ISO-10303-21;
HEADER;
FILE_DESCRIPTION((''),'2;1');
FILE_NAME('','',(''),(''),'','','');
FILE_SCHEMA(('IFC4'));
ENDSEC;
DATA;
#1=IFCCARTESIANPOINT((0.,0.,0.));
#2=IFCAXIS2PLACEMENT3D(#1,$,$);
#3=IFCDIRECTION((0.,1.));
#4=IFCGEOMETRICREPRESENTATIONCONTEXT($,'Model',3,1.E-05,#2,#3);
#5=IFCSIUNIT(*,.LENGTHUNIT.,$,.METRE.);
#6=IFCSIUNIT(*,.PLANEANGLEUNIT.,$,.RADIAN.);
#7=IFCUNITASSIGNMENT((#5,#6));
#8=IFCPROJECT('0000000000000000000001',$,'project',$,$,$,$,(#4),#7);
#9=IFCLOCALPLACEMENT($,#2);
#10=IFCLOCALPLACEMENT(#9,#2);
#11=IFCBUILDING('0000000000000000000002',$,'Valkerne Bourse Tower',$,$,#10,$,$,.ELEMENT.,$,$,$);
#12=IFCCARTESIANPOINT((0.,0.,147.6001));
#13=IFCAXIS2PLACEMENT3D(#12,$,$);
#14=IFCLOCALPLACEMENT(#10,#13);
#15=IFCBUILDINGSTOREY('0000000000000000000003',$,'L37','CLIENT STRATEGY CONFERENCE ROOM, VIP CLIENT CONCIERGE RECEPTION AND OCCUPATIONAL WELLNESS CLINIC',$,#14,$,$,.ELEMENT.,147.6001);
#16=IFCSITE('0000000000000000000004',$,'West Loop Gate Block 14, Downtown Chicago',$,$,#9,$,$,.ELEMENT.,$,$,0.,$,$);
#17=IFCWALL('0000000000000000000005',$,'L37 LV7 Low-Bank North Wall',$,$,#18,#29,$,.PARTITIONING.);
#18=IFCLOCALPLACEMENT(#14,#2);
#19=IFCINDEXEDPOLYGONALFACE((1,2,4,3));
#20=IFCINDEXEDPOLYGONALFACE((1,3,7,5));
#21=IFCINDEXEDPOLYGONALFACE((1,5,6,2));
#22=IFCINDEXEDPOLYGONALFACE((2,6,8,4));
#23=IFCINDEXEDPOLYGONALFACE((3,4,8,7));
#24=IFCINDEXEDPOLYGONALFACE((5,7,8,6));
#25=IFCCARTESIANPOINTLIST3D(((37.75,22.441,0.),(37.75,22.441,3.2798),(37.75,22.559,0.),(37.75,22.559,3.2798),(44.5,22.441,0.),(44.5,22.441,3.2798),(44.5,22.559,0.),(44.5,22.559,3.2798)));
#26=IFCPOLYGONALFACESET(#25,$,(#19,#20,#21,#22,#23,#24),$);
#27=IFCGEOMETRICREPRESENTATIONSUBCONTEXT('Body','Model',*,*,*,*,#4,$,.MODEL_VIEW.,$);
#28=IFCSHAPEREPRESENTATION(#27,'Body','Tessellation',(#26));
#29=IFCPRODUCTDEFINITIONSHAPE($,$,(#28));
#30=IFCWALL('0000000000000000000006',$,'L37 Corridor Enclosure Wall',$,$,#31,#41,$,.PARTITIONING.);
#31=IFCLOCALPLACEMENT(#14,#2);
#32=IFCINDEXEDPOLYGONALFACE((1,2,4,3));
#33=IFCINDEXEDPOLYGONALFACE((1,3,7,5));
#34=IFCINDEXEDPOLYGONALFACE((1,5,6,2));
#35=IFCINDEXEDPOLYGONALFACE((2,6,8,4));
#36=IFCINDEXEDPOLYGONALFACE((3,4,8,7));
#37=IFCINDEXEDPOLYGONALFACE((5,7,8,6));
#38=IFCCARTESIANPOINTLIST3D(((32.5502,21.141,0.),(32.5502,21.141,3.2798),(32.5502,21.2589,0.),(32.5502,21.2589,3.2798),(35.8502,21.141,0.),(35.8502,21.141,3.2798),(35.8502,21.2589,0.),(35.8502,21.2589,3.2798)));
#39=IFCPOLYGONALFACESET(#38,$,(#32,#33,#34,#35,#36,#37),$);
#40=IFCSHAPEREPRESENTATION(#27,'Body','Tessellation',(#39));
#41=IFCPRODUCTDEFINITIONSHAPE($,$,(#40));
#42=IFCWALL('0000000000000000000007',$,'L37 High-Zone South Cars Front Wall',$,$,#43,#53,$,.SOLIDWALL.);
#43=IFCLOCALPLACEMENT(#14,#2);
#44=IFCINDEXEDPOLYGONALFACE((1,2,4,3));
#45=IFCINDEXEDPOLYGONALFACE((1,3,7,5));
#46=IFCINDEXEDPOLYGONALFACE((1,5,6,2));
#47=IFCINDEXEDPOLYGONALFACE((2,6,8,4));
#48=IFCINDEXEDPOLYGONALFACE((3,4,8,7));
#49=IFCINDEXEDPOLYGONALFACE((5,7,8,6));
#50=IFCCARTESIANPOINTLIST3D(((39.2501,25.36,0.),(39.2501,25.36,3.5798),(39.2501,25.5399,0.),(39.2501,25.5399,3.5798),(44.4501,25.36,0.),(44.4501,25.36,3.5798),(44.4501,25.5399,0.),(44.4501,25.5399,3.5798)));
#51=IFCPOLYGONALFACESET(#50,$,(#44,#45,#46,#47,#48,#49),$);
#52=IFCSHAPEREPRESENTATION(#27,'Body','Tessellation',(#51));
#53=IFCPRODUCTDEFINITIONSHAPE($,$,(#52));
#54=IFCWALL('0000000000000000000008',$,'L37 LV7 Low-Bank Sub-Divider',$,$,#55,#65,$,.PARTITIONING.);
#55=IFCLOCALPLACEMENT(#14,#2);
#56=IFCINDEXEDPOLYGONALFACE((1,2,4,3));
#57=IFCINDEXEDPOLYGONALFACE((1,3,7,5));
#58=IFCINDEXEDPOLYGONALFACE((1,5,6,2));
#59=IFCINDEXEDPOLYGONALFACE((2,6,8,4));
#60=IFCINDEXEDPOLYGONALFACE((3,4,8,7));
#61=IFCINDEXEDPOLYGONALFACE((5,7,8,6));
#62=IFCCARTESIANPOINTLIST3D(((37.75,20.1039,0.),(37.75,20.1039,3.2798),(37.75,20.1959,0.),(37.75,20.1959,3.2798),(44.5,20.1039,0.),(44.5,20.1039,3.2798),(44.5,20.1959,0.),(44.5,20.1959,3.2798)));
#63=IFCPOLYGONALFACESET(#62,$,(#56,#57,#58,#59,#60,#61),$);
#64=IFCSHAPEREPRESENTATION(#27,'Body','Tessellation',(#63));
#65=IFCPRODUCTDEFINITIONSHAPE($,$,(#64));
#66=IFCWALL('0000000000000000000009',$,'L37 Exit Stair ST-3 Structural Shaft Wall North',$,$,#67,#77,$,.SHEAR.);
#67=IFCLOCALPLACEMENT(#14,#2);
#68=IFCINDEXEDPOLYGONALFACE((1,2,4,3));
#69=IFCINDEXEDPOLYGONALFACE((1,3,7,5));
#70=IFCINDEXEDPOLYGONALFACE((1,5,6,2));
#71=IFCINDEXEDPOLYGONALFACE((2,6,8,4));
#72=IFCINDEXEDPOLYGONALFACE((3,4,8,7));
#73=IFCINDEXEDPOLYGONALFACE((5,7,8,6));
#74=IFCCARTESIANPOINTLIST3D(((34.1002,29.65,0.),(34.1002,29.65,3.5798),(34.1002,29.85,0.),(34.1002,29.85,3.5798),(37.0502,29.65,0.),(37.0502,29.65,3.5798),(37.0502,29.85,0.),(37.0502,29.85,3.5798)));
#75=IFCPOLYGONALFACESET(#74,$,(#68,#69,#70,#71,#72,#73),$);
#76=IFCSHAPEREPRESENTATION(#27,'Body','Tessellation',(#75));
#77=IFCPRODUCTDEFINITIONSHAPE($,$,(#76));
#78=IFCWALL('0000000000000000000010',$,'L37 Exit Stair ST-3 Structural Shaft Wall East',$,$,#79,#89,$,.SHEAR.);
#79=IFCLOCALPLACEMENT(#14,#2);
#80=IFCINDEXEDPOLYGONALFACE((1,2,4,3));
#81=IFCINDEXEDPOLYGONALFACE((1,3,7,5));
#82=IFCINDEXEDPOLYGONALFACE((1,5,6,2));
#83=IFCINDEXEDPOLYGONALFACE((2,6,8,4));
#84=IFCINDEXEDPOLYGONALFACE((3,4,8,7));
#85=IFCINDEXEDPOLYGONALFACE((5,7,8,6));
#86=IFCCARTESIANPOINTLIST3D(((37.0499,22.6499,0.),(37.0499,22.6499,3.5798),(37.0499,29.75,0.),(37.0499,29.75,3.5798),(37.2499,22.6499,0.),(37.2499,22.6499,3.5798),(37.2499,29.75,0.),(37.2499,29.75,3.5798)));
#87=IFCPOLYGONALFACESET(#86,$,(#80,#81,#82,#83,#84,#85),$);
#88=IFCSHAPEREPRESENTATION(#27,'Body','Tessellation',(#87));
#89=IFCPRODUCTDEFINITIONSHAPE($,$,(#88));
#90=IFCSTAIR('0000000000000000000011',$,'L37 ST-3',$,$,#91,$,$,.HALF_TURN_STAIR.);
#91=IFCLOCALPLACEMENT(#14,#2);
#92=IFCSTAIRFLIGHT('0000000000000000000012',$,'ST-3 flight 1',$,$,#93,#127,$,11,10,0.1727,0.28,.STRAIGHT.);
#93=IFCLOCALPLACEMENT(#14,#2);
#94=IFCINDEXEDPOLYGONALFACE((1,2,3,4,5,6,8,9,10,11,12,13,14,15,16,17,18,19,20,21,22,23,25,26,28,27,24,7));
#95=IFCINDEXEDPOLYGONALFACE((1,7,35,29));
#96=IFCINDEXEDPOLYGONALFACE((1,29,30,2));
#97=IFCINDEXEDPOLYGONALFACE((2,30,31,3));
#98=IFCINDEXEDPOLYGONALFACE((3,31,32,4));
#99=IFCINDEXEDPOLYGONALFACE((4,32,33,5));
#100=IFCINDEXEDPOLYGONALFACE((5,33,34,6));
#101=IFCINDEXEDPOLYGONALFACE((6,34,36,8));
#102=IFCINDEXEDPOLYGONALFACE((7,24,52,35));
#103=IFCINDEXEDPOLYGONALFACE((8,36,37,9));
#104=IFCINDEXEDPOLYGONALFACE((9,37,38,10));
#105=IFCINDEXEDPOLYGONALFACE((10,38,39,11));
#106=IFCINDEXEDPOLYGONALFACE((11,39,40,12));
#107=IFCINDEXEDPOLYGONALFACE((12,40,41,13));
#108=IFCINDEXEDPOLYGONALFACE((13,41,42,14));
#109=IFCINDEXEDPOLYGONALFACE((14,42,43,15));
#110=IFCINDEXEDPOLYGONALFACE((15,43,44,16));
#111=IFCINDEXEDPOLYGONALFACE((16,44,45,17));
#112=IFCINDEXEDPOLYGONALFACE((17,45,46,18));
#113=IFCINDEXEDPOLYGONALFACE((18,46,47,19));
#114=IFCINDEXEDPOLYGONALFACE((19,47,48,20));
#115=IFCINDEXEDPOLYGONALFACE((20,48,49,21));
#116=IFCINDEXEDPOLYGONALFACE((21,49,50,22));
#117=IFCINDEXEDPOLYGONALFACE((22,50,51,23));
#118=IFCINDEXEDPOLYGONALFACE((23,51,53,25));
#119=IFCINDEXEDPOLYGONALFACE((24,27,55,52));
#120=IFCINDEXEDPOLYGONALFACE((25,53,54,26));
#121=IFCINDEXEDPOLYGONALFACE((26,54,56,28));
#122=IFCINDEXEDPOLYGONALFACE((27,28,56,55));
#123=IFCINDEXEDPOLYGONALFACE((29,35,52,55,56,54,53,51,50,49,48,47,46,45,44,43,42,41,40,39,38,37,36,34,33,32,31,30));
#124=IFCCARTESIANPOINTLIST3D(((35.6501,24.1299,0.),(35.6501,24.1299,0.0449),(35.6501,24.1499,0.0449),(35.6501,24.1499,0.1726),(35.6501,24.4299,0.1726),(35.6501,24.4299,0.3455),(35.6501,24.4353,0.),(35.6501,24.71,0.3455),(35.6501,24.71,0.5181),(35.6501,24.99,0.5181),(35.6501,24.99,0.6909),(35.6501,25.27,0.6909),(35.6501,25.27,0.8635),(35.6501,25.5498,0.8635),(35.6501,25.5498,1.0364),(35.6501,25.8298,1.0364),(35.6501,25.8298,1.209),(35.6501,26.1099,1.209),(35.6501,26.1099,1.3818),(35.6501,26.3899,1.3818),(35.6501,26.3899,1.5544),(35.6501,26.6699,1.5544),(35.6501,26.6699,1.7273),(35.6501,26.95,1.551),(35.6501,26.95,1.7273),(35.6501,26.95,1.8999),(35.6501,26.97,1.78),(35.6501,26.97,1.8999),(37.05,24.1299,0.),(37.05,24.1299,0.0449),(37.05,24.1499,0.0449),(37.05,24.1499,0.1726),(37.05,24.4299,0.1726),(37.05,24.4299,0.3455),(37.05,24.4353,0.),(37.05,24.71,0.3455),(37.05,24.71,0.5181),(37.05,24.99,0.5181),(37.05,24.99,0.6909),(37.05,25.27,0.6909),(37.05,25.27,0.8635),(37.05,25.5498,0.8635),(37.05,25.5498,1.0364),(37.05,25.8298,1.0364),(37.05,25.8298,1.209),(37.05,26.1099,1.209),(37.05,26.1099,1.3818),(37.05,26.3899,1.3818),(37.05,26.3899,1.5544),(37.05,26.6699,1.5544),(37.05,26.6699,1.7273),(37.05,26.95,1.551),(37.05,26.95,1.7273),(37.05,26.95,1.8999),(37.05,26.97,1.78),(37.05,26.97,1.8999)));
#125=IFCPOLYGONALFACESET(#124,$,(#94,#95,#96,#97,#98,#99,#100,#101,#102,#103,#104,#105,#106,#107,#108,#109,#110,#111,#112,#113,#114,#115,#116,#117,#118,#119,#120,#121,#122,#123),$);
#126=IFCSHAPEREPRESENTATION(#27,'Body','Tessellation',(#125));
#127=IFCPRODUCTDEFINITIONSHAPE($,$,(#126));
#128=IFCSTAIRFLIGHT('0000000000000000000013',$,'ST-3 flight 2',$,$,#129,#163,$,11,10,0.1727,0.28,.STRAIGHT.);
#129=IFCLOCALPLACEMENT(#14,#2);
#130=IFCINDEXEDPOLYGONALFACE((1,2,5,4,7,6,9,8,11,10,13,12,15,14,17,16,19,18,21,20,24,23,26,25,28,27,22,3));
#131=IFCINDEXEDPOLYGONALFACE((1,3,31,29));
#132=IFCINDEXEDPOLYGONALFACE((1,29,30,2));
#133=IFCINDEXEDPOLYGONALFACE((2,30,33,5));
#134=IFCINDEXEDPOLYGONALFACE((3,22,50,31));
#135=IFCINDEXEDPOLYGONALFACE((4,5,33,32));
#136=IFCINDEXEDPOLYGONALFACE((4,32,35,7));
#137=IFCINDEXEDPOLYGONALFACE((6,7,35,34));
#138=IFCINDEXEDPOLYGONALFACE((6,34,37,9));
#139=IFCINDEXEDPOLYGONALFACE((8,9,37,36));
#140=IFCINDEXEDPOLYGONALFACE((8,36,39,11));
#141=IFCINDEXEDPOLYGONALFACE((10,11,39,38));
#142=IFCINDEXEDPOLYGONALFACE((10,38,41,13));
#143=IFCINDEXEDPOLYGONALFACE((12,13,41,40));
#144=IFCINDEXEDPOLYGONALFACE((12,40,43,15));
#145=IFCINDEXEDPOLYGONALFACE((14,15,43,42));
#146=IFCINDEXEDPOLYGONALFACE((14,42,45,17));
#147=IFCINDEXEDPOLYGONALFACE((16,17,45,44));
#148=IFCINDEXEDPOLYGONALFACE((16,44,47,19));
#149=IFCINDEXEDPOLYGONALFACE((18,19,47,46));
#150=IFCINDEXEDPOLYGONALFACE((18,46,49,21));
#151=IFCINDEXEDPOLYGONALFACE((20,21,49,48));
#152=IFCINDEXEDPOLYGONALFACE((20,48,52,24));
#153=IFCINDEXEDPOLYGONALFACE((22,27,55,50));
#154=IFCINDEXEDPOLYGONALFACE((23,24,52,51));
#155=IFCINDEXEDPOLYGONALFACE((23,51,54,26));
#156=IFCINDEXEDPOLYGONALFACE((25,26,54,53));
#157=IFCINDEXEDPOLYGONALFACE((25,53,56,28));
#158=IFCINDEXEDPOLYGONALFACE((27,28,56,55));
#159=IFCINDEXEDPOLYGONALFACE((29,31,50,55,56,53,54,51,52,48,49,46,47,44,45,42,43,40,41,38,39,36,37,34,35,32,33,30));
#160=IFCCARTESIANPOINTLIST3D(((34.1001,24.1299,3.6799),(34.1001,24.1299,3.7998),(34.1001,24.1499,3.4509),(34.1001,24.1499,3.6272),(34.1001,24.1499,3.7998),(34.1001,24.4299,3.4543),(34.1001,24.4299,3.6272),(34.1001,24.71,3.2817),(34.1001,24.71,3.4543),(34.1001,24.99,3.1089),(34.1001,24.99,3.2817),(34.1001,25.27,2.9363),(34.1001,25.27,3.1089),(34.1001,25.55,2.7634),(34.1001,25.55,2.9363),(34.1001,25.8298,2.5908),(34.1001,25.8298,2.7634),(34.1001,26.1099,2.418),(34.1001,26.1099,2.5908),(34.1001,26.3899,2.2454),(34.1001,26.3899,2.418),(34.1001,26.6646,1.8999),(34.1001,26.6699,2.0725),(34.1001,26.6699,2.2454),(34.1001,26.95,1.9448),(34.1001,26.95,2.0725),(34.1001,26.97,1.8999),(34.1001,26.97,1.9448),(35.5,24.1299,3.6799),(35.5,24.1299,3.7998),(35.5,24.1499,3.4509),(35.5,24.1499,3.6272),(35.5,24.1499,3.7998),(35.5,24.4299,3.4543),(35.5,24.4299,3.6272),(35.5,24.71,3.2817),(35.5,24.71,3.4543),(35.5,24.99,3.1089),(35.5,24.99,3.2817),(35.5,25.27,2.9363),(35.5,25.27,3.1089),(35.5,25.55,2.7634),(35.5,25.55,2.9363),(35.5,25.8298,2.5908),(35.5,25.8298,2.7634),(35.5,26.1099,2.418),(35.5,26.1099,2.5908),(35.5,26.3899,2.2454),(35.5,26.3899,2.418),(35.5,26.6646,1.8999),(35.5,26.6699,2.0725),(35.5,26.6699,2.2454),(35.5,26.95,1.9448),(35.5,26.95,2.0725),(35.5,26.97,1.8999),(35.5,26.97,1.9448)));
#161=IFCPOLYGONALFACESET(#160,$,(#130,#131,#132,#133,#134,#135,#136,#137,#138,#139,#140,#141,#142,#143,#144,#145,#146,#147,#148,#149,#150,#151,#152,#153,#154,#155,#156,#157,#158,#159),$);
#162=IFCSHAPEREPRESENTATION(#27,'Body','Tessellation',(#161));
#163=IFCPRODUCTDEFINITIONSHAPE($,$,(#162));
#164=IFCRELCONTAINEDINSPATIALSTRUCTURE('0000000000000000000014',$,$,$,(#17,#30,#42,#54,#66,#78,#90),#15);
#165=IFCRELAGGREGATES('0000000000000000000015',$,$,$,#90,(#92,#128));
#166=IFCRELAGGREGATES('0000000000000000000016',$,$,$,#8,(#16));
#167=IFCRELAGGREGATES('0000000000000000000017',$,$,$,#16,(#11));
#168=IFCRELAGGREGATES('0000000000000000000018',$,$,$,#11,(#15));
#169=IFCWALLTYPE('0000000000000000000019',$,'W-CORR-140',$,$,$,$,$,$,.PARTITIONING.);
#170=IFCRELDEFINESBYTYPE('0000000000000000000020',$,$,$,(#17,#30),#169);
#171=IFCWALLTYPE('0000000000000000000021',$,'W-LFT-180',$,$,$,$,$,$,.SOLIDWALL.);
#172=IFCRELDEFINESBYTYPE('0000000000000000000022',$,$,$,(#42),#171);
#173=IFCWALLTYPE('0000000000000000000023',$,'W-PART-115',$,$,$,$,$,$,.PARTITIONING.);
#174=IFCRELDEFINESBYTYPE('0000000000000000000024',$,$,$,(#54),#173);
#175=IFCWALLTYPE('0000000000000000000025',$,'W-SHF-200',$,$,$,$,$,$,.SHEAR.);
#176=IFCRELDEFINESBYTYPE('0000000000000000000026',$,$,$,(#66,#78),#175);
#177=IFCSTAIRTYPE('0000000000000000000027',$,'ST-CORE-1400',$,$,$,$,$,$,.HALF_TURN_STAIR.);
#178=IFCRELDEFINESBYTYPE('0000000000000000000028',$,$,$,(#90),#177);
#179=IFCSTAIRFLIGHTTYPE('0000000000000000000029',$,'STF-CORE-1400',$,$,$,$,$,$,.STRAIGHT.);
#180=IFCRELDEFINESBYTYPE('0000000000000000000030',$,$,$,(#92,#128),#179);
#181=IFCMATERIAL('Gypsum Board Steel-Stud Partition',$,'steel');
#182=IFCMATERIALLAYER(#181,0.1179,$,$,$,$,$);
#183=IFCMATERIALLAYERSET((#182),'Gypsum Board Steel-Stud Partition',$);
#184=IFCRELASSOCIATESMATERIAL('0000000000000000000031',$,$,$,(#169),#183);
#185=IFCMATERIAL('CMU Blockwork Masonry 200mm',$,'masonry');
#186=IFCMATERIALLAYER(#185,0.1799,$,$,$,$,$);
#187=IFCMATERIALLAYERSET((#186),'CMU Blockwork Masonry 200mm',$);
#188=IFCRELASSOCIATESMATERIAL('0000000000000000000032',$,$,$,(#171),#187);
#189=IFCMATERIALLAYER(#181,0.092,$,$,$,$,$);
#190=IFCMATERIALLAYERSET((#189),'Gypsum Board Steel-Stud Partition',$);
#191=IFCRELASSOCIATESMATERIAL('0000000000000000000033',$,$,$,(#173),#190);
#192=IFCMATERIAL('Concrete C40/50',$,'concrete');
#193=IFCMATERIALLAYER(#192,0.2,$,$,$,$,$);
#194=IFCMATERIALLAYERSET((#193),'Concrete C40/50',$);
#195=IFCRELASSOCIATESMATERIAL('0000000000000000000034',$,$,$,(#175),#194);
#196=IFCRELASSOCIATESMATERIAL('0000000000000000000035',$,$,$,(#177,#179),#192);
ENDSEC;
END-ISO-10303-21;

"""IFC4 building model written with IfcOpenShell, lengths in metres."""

from ifc_helpers import new_model, si_unit, direction, frame, frame_2d, origin, place, context, subcontext, project, spatial, polyline, rectangle, outline, extrude, material, layer, layer_set, type_object, element, aggregate, save


model = new_model("IFC4")

# Units and contexts
model_context = context("Model", 3, precision=1e-05, world=origin(), true_north=direction((0.0, 1.0)))
body_context = subcontext(model_context, "Body", "Model", "MODEL_VIEW")
ifc_project = project(units=[si_unit("LENGTHUNIT", "METRE"), si_unit("PLANEANGLEUNIT", "RADIAN")], contexts=[model_context])

# Site, building, storey
site_placement = place(None, origin())
site = spatial("IfcSite", under=ifc_project, at=site_placement, Name="West Loop Gate Block 14, Downtown Chicago", CompositionType="ELEMENT", RefElevation=0.0)
building_placement = place(site_placement, origin())
building = spatial("IfcBuilding", under=site, at=building_placement, Name="Valkerne Bourse Tower", CompositionType="ELEMENT")
storey_placement = place(building_placement, frame((0.0, 0.0, 147.6001)))
storey = spatial("IfcBuildingStorey", under=building, at=storey_placement, Name="L37", Description="CLIENT STRATEGY CONFERENCE ROOM, VIP CLIENT CONCIERGE RECEPTION AND OCCUPATIONAL WELLNESS CLINIC", CompositionType="ELEMENT", Elevation=147.6001)

# Walls
ifc_material_1 = material(Name="Gypsum Board Steel-Stud Partition", Category="steel")
ifc_layer_1 = layer(ifc_material_1, 0.1179)
ifc_layer_set_1 = layer_set([ifc_layer_1], Name="Gypsum Board Steel-Stud Partition")
wall_type_1 = type_object("IfcWallType", Name="W-CORR-140", PredefinedType="PARTITIONING", material=ifc_layer_set_1)
wall_1_placement = place(storey_placement, frame((37.75, 22.5, 0.0), z_axis=(0.0, 0.0, 1.0), x_axis=(1.0, 0.0, 0.0)))
element("IfcWall", 1, at=wall_1_placement, inside=storey, type_object=wall_type_1, Name="L37 LV7 Low-Bank North Wall", PredefinedType="PARTITIONING", context=body_context, shape_type="SweptSolid", body=[
    extrude(rectangle(XDim=6.75, YDim=0.1179, at=frame_2d((3.375, 0.0))), origin(), (0.0, 0.0, 1.0), 3.2798),
])
wall_2_placement = place(storey_placement, frame((35.8501, 21.2, 0.0), z_axis=(0.0, 0.0, 1.0), x_axis=(-1.0, 0.0, 0.0)))
element("IfcWall", 2, at=wall_2_placement, inside=storey, type_object=wall_type_1, Name="L37 Corridor Enclosure Wall", PredefinedType="PARTITIONING", context=body_context, shape_type="SweptSolid", body=[
    extrude(rectangle(XDim=3.3, YDim=0.1179, at=frame_2d((1.6499, 0.0))), origin(), (0.0, 0.0, 1.0), 3.2798),
])
ifc_material_2 = material(Name="CMU Blockwork Masonry 200mm", Category="masonry")
ifc_layer_2 = layer(ifc_material_2, 0.1799)
ifc_layer_set_2 = layer_set([ifc_layer_2], Name="CMU Blockwork Masonry 200mm")
wall_type_2 = type_object("IfcWallType", Name="W-LFT-180", PredefinedType="SOLIDWALL", material=ifc_layer_set_2)
wall_3_placement = place(storey_placement, frame((39.25, 25.45, 0.0), z_axis=(0.0, 0.0, 1.0), x_axis=(1.0, 0.0, 0.0)))
element("IfcWall", 3, at=wall_3_placement, inside=storey, type_object=wall_type_2, Name="L37 High-Zone South Cars Front Wall", PredefinedType="SOLIDWALL", context=body_context, shape_type="SweptSolid", body=[
    extrude(rectangle(XDim=5.2, YDim=0.1799, at=frame_2d((2.6001, 0.0))), origin(), (0.0, 0.0, 1.0), 3.5798),
])
ifc_layer_3 = layer(ifc_material_1, 0.092)
ifc_layer_set_3 = layer_set([ifc_layer_3], Name="Gypsum Board Steel-Stud Partition")
wall_type_3 = type_object("IfcWallType", Name="W-PART-115", PredefinedType="PARTITIONING", material=ifc_layer_set_3)
wall_4_placement = place(storey_placement, frame((37.75, 20.1499, 0.0), z_axis=(0.0, 0.0, 1.0), x_axis=(1.0, 0.0, 0.0)))
element("IfcWall", 4, at=wall_4_placement, inside=storey, type_object=wall_type_3, Name="L37 LV7 Low-Bank Sub-Divider", PredefinedType="PARTITIONING", context=body_context, shape_type="SweptSolid", body=[
    extrude(rectangle(XDim=6.75, YDim=0.092, at=frame_2d((3.375, 0.0))), origin(), (0.0, 0.0, 1.0), 3.2798),
])
ifc_material_3 = material(Name="Concrete C40/50", Category="concrete")
ifc_layer_4 = layer(ifc_material_3, 0.2)
ifc_layer_set_4 = layer_set([ifc_layer_4], Name="Concrete C40/50")
wall_type_4 = type_object("IfcWallType", Name="W-SHF-200", PredefinedType="SHEAR", material=ifc_layer_set_4)
wall_5_placement = place(storey_placement, frame((34.1001, 29.75, 0.0), z_axis=(0.0, 0.0, 1.0), x_axis=(1.0, 0.0, 0.0)))
element("IfcWall", 5, at=wall_5_placement, inside=storey, type_object=wall_type_4, Name="L37 Exit Stair ST-3 Structural Shaft Wall North", PredefinedType="SHEAR", context=body_context, shape_type="SweptSolid", body=[
    extrude(rectangle(XDim=2.95, YDim=0.2, at=frame_2d((1.4751, 0.0))), origin(), (0.0, 0.0, 1.0), 3.5798),
])
wall_6_placement = place(storey_placement, frame((37.1499, 22.6499, 0.0), z_axis=(0.0, 0.0, 1.0), x_axis=(0.0, 1.0, 0.0)))
element("IfcWall", 6, at=wall_6_placement, inside=storey, type_object=wall_type_4, Name="L37 Exit Stair ST-3 Structural Shaft Wall East", PredefinedType="SHEAR", context=body_context, shape_type="SweptSolid", body=[
    extrude(rectangle(XDim=7.1001, YDim=0.2, at=frame_2d((3.55, 0.0))), origin(), (0.0, 0.0, 1.0), 3.5798),
])

# Stair, stair flights
stair_type = type_object("IfcStairType", Name="ST-CORE-1400", PredefinedType="HALF_TURN_STAIR", material=ifc_material_3)
stair_placement = place(storey_placement, origin())
stair = element("IfcStair", 7, at=stair_placement, inside=storey, type_object=stair_type, Name="L37 ST-3", PredefinedType="HALF_TURN_STAIR")
stair_flight_type = type_object("IfcStairFlightType", Name="STF-CORE-1400", PredefinedType="STRAIGHT", material=ifc_material_3)
stair_flight_1_placement = place(storey_placement, frame((36.3501, 24.1499, 0.0), z_axis=(0.0, 0.0, 1.0), x_axis=(0.0, 1.0, 0.0)))
stair_flight_1 = element("IfcStairFlight", 8, at=stair_flight_1_placement, type_object=stair_flight_type, Name="ST-3 flight 1", NumberOfRisers=11, NumberOfTreads=10, PredefinedType="STRAIGHT", RiserHeight=0.1727, TreadLength=0.28, context=body_context, shape_type="SweptSolid", body=[
    extrude(outline(polyline([(-0.02, 0.0), (-0.02, 0.0449), (0.0, 0.0449), (0.0, 0.1726), (0.28, 0.1726), (0.28, 0.3455), (0.5601, 0.3455), (0.5601, 0.5181), (0.8401, 0.5181), (0.8401, 0.6909), (1.1201, 0.6909), (1.1201, 0.8635), (1.3999, 0.8635), (1.3999, 1.0364), (1.6799, 1.0364), (1.6799, 1.209), (1.96, 1.209), (1.96, 1.3818), (2.24, 1.3818), (2.24, 1.5544), (2.52, 1.5544), (2.52, 1.7273), (2.8, 1.7273), (2.8, 1.8999), (2.8201, 1.8999), (2.8201, 1.78), (2.8, 1.551), (0.2854, 0.0), (-0.02, 0.0)])), frame((0.0, 0.7, 0.0), z_axis=(0.0, -1.0, 0.0), x_axis=(1.0, 0.0, 0.0)), (0.0, 0.0, 1.0), 1.3999),
])
stair_flight_2_placement = place(storey_placement, frame((34.8, 26.95, 1.8999), z_axis=(0.0, 0.0, 1.0), x_axis=(0.0, -1.0, 0.0)))
stair_flight_2 = element("IfcStairFlight", 9, at=stair_flight_2_placement, type_object=stair_flight_type, Name="ST-3 flight 2", NumberOfRisers=11, NumberOfTreads=10, PredefinedType="STRAIGHT", RiserHeight=0.1727, TreadLength=0.28, context=body_context, shape_type="SweptSolid", body=[
    extrude(outline(polyline([(-0.02, 0.0), (-0.02, 0.0449), (0.0, 0.0449), (0.0, 0.1726), (0.28, 0.1726), (0.28, 0.3455), (0.5601, 0.3455), (0.5601, 0.5181), (0.8401, 0.5181), (0.8401, 0.6909), (1.1201, 0.6909), (1.1201, 0.8635), (1.3999, 0.8635), (1.3999, 1.0364), (1.6799, 1.0364), (1.6799, 1.209), (1.96, 1.209), (1.96, 1.3818), (2.24, 1.3818), (2.24, 1.5544), (2.52, 1.5544), (2.52, 1.7273), (2.8, 1.7273), (2.8, 1.8999), (2.8201, 1.8999), (2.8201, 1.78), (2.8, 1.551), (0.2854, 0.0), (-0.02, 0.0)])), frame((0.0, 0.7, 0.0), z_axis=(0.0, -1.0, 0.0), x_axis=(1.0, 0.0, 0.0)), (0.0, 0.0, 1.0), 1.3999),
])
aggregate(stair, [stair_flight_1, stair_flight_2])

save(model, "model.ifc")
